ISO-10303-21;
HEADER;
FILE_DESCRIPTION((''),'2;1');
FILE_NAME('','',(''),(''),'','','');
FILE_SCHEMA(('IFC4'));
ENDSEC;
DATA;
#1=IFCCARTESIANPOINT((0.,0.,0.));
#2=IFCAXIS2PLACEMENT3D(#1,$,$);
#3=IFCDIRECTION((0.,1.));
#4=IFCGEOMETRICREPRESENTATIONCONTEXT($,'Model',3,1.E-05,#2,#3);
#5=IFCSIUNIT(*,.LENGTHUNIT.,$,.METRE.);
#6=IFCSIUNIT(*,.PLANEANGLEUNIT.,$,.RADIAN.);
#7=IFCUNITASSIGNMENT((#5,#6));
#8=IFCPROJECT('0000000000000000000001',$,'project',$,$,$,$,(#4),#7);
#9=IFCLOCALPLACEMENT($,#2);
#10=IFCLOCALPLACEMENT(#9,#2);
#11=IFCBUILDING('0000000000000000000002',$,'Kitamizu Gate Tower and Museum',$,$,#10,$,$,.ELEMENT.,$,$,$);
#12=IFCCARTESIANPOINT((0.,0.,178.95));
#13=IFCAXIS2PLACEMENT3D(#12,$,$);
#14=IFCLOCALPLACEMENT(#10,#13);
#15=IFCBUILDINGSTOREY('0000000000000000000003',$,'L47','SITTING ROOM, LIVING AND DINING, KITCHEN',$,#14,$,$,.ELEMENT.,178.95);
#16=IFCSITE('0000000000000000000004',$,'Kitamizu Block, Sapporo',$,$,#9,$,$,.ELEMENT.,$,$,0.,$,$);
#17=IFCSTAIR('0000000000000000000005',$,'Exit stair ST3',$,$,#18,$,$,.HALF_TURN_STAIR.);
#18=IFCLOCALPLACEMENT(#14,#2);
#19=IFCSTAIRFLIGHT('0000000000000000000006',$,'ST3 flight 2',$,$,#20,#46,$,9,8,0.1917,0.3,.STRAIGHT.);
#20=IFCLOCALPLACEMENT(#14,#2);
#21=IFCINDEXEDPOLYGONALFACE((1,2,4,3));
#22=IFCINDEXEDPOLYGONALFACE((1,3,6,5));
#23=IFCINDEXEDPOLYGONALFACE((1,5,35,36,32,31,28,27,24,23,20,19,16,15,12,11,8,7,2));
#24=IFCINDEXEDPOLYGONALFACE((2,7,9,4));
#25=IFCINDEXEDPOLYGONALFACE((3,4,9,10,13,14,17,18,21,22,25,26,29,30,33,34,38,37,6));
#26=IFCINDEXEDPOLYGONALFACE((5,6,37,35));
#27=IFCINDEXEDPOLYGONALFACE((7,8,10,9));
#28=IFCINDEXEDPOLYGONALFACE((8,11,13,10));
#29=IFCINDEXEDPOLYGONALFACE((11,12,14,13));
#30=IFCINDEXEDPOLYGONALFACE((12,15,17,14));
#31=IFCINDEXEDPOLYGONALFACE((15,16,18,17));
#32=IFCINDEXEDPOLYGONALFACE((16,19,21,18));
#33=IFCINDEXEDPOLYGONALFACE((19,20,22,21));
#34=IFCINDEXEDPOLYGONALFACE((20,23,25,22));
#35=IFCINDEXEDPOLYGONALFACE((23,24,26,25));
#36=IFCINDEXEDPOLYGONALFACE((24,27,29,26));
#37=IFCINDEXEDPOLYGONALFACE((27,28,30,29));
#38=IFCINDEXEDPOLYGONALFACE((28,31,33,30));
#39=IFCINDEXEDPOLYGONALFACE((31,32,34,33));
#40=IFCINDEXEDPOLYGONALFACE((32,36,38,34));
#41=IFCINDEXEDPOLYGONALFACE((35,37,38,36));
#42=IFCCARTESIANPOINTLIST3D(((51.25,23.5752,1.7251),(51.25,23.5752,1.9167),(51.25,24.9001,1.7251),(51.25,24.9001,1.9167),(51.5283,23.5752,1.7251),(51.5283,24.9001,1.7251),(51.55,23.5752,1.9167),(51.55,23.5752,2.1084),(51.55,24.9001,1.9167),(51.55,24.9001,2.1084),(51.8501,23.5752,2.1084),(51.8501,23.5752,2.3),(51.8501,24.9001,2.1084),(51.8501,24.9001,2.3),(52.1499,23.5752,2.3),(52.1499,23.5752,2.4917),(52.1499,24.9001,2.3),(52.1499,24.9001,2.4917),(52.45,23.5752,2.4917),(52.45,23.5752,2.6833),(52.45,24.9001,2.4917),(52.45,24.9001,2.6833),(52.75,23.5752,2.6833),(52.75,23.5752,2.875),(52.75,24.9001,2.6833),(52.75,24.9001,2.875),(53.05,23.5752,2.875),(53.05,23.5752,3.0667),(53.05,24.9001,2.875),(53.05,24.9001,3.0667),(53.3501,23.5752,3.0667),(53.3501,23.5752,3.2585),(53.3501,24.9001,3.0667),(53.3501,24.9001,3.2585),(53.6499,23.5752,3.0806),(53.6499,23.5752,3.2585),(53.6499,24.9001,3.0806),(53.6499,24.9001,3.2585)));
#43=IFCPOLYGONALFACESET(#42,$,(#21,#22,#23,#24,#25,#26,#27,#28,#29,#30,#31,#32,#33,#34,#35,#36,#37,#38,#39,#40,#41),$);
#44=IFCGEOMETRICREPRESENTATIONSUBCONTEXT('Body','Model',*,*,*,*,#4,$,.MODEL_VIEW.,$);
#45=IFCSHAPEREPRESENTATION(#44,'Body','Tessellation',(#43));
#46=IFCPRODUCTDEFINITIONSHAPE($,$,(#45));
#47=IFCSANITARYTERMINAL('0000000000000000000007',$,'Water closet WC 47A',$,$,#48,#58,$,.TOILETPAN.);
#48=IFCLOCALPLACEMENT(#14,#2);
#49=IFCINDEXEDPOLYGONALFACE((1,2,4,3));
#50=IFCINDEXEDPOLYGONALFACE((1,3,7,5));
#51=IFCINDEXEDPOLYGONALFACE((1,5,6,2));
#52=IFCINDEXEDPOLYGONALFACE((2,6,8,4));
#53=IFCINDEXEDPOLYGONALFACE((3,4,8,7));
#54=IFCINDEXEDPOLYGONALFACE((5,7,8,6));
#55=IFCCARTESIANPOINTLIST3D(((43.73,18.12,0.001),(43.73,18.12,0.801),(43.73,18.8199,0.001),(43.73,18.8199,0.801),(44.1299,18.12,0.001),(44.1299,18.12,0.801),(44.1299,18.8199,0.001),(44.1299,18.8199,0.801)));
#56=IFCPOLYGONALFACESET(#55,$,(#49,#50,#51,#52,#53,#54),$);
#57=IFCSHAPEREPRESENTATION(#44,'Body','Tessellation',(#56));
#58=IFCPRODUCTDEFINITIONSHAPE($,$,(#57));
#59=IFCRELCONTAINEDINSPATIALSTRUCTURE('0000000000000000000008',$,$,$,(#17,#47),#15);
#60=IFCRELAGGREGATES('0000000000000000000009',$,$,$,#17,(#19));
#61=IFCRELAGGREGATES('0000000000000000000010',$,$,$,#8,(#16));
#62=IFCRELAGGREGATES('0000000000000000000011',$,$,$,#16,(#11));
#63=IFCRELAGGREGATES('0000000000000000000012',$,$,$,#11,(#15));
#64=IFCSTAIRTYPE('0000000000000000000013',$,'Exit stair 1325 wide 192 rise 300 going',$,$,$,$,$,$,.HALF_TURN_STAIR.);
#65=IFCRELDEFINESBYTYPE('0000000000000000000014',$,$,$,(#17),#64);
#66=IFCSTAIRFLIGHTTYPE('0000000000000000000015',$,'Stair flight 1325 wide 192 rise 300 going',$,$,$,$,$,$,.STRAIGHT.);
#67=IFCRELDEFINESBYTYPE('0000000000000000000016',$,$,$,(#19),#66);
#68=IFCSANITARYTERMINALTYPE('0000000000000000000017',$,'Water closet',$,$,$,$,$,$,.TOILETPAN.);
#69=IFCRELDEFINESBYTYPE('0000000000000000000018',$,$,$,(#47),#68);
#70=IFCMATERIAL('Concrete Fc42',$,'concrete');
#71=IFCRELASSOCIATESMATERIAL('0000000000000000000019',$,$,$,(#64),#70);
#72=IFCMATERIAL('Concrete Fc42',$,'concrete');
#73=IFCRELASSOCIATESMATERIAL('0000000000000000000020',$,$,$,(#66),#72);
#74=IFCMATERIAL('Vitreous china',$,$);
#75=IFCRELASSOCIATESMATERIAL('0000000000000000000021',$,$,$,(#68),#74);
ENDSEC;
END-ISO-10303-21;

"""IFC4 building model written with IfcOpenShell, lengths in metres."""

from ifc_helpers import new_model, si_unit, direction, frame, origin, origin_2d, place, context, subcontext, project, spatial, polyline, rectangle, outline, extrude, material, type_object, element, aggregate, save


model = new_model("IFC4")

# Units and contexts
model_context = context("Model", 3, precision=1e-05, world=origin(), true_north=direction((0.0, 1.0)))
body_context = subcontext(model_context, "Body", "Model", "MODEL_VIEW")
ifc_project = project(units=[si_unit("LENGTHUNIT", "METRE"), si_unit("PLANEANGLEUNIT", "RADIAN")], contexts=[model_context])

# Site, building, storey
site_placement = place(None, origin())
site = spatial("IfcSite", under=ifc_project, at=site_placement, Name="Kitamizu Block, Sapporo", CompositionType="ELEMENT", RefElevation=0.0)
building_placement = place(site_placement, origin())
building = spatial("IfcBuilding", under=site, at=building_placement, Name="Kitamizu Gate Tower and Museum", CompositionType="ELEMENT")
storey_placement = place(building_placement, frame((0.0, 0.0, 178.95)))
storey = spatial("IfcBuildingStorey", under=building, at=storey_placement, Name="L47", Description="SITTING ROOM, LIVING AND DINING, KITCHEN", CompositionType="ELEMENT", Elevation=178.95)

# Stair, stair flight
ifc_material_1 = material(Name="Concrete Fc42", Category="concrete")
stair_type = type_object("IfcStairType", Name="Exit stair 1325 wide 192 rise 300 going", PredefinedType="HALF_TURN_STAIR", material=ifc_material_1)
stair_placement = place(storey_placement, origin())
stair = element("IfcStair", 1, at=stair_placement, inside=storey, type_object=stair_type, Name="Exit stair ST3", PredefinedType="HALF_TURN_STAIR")
ifc_material_2 = material(Name="Concrete Fc42", Category="concrete")
stair_flight_type = type_object("IfcStairFlightType", Name="Stair flight 1325 wide 192 rise 300 going", PredefinedType="STRAIGHT", material=ifc_material_2)
stair_flight_placement = place(storey_placement, frame((51.25, 24.2375, 1.7251), z_axis=(0.0, 0.0, 1.0), x_axis=(1.0, 0.0, 0.0)))
stair_flight = element("IfcStairFlight", 2, at=stair_flight_placement, type_object=stair_flight_type, Name="ST3 flight 2", NumberOfRisers=9, NumberOfTreads=8, PredefinedType="STRAIGHT", RiserHeight=0.1917, TreadLength=0.3, context=body_context, shape_type="SweptSolid", body=[
    extrude(outline(polyline([(0.0, 0.0), (0.0, 0.1917), (0.3, 0.1917), (0.3, 0.3833), (0.6001, 0.3833), (0.6001, 0.575), (0.8999, 0.575), (0.8999, 0.7666), (1.2, 0.7666), (1.2, 0.9583), (1.5, 0.9583), (1.5, 1.1499), (1.8, 1.1499), (1.8, 1.3416), (2.1001, 1.3416), (2.1001, 1.5334), (2.3999, 1.5334), (2.3999, 1.7251), (2.3999, 1.3555), (0.2783, 0.0), (0.0, 0.0)])), frame((0.0, 0.6626, 0.0), z_axis=(0.0, -1.0, 0.0), x_axis=(1.0, 0.0, 0.0)), (0.0, 0.0, 1.0), 1.325),
])
aggregate(stair, [stair_flight])

# Sanitary terminal
ifc_material_3 = material(Name="Vitreous china")
sanitary_terminal_type = type_object("IfcSanitaryTerminalType", Name="Water closet", PredefinedType="TOILETPAN", material=ifc_material_3)
sanitary_terminal_placement = place(storey_placement, frame((43.9299, 18.47, 0.001), z_axis=(0.0, 0.0, 1.0), x_axis=(1.0, 0.0, 0.0)))
element("IfcSanitaryTerminal", 3, at=sanitary_terminal_placement, inside=storey, type_object=sanitary_terminal_type, Name="Water closet WC 47A", PredefinedType="TOILETPAN", context=body_context, shape_type="SweptSolid", body=[
    extrude(rectangle(XDim=0.3999, YDim=0.7, at=origin_2d()), origin(), (0.0, 0.0, 1.0), 0.8),
])

save(model, "model.ifc")
